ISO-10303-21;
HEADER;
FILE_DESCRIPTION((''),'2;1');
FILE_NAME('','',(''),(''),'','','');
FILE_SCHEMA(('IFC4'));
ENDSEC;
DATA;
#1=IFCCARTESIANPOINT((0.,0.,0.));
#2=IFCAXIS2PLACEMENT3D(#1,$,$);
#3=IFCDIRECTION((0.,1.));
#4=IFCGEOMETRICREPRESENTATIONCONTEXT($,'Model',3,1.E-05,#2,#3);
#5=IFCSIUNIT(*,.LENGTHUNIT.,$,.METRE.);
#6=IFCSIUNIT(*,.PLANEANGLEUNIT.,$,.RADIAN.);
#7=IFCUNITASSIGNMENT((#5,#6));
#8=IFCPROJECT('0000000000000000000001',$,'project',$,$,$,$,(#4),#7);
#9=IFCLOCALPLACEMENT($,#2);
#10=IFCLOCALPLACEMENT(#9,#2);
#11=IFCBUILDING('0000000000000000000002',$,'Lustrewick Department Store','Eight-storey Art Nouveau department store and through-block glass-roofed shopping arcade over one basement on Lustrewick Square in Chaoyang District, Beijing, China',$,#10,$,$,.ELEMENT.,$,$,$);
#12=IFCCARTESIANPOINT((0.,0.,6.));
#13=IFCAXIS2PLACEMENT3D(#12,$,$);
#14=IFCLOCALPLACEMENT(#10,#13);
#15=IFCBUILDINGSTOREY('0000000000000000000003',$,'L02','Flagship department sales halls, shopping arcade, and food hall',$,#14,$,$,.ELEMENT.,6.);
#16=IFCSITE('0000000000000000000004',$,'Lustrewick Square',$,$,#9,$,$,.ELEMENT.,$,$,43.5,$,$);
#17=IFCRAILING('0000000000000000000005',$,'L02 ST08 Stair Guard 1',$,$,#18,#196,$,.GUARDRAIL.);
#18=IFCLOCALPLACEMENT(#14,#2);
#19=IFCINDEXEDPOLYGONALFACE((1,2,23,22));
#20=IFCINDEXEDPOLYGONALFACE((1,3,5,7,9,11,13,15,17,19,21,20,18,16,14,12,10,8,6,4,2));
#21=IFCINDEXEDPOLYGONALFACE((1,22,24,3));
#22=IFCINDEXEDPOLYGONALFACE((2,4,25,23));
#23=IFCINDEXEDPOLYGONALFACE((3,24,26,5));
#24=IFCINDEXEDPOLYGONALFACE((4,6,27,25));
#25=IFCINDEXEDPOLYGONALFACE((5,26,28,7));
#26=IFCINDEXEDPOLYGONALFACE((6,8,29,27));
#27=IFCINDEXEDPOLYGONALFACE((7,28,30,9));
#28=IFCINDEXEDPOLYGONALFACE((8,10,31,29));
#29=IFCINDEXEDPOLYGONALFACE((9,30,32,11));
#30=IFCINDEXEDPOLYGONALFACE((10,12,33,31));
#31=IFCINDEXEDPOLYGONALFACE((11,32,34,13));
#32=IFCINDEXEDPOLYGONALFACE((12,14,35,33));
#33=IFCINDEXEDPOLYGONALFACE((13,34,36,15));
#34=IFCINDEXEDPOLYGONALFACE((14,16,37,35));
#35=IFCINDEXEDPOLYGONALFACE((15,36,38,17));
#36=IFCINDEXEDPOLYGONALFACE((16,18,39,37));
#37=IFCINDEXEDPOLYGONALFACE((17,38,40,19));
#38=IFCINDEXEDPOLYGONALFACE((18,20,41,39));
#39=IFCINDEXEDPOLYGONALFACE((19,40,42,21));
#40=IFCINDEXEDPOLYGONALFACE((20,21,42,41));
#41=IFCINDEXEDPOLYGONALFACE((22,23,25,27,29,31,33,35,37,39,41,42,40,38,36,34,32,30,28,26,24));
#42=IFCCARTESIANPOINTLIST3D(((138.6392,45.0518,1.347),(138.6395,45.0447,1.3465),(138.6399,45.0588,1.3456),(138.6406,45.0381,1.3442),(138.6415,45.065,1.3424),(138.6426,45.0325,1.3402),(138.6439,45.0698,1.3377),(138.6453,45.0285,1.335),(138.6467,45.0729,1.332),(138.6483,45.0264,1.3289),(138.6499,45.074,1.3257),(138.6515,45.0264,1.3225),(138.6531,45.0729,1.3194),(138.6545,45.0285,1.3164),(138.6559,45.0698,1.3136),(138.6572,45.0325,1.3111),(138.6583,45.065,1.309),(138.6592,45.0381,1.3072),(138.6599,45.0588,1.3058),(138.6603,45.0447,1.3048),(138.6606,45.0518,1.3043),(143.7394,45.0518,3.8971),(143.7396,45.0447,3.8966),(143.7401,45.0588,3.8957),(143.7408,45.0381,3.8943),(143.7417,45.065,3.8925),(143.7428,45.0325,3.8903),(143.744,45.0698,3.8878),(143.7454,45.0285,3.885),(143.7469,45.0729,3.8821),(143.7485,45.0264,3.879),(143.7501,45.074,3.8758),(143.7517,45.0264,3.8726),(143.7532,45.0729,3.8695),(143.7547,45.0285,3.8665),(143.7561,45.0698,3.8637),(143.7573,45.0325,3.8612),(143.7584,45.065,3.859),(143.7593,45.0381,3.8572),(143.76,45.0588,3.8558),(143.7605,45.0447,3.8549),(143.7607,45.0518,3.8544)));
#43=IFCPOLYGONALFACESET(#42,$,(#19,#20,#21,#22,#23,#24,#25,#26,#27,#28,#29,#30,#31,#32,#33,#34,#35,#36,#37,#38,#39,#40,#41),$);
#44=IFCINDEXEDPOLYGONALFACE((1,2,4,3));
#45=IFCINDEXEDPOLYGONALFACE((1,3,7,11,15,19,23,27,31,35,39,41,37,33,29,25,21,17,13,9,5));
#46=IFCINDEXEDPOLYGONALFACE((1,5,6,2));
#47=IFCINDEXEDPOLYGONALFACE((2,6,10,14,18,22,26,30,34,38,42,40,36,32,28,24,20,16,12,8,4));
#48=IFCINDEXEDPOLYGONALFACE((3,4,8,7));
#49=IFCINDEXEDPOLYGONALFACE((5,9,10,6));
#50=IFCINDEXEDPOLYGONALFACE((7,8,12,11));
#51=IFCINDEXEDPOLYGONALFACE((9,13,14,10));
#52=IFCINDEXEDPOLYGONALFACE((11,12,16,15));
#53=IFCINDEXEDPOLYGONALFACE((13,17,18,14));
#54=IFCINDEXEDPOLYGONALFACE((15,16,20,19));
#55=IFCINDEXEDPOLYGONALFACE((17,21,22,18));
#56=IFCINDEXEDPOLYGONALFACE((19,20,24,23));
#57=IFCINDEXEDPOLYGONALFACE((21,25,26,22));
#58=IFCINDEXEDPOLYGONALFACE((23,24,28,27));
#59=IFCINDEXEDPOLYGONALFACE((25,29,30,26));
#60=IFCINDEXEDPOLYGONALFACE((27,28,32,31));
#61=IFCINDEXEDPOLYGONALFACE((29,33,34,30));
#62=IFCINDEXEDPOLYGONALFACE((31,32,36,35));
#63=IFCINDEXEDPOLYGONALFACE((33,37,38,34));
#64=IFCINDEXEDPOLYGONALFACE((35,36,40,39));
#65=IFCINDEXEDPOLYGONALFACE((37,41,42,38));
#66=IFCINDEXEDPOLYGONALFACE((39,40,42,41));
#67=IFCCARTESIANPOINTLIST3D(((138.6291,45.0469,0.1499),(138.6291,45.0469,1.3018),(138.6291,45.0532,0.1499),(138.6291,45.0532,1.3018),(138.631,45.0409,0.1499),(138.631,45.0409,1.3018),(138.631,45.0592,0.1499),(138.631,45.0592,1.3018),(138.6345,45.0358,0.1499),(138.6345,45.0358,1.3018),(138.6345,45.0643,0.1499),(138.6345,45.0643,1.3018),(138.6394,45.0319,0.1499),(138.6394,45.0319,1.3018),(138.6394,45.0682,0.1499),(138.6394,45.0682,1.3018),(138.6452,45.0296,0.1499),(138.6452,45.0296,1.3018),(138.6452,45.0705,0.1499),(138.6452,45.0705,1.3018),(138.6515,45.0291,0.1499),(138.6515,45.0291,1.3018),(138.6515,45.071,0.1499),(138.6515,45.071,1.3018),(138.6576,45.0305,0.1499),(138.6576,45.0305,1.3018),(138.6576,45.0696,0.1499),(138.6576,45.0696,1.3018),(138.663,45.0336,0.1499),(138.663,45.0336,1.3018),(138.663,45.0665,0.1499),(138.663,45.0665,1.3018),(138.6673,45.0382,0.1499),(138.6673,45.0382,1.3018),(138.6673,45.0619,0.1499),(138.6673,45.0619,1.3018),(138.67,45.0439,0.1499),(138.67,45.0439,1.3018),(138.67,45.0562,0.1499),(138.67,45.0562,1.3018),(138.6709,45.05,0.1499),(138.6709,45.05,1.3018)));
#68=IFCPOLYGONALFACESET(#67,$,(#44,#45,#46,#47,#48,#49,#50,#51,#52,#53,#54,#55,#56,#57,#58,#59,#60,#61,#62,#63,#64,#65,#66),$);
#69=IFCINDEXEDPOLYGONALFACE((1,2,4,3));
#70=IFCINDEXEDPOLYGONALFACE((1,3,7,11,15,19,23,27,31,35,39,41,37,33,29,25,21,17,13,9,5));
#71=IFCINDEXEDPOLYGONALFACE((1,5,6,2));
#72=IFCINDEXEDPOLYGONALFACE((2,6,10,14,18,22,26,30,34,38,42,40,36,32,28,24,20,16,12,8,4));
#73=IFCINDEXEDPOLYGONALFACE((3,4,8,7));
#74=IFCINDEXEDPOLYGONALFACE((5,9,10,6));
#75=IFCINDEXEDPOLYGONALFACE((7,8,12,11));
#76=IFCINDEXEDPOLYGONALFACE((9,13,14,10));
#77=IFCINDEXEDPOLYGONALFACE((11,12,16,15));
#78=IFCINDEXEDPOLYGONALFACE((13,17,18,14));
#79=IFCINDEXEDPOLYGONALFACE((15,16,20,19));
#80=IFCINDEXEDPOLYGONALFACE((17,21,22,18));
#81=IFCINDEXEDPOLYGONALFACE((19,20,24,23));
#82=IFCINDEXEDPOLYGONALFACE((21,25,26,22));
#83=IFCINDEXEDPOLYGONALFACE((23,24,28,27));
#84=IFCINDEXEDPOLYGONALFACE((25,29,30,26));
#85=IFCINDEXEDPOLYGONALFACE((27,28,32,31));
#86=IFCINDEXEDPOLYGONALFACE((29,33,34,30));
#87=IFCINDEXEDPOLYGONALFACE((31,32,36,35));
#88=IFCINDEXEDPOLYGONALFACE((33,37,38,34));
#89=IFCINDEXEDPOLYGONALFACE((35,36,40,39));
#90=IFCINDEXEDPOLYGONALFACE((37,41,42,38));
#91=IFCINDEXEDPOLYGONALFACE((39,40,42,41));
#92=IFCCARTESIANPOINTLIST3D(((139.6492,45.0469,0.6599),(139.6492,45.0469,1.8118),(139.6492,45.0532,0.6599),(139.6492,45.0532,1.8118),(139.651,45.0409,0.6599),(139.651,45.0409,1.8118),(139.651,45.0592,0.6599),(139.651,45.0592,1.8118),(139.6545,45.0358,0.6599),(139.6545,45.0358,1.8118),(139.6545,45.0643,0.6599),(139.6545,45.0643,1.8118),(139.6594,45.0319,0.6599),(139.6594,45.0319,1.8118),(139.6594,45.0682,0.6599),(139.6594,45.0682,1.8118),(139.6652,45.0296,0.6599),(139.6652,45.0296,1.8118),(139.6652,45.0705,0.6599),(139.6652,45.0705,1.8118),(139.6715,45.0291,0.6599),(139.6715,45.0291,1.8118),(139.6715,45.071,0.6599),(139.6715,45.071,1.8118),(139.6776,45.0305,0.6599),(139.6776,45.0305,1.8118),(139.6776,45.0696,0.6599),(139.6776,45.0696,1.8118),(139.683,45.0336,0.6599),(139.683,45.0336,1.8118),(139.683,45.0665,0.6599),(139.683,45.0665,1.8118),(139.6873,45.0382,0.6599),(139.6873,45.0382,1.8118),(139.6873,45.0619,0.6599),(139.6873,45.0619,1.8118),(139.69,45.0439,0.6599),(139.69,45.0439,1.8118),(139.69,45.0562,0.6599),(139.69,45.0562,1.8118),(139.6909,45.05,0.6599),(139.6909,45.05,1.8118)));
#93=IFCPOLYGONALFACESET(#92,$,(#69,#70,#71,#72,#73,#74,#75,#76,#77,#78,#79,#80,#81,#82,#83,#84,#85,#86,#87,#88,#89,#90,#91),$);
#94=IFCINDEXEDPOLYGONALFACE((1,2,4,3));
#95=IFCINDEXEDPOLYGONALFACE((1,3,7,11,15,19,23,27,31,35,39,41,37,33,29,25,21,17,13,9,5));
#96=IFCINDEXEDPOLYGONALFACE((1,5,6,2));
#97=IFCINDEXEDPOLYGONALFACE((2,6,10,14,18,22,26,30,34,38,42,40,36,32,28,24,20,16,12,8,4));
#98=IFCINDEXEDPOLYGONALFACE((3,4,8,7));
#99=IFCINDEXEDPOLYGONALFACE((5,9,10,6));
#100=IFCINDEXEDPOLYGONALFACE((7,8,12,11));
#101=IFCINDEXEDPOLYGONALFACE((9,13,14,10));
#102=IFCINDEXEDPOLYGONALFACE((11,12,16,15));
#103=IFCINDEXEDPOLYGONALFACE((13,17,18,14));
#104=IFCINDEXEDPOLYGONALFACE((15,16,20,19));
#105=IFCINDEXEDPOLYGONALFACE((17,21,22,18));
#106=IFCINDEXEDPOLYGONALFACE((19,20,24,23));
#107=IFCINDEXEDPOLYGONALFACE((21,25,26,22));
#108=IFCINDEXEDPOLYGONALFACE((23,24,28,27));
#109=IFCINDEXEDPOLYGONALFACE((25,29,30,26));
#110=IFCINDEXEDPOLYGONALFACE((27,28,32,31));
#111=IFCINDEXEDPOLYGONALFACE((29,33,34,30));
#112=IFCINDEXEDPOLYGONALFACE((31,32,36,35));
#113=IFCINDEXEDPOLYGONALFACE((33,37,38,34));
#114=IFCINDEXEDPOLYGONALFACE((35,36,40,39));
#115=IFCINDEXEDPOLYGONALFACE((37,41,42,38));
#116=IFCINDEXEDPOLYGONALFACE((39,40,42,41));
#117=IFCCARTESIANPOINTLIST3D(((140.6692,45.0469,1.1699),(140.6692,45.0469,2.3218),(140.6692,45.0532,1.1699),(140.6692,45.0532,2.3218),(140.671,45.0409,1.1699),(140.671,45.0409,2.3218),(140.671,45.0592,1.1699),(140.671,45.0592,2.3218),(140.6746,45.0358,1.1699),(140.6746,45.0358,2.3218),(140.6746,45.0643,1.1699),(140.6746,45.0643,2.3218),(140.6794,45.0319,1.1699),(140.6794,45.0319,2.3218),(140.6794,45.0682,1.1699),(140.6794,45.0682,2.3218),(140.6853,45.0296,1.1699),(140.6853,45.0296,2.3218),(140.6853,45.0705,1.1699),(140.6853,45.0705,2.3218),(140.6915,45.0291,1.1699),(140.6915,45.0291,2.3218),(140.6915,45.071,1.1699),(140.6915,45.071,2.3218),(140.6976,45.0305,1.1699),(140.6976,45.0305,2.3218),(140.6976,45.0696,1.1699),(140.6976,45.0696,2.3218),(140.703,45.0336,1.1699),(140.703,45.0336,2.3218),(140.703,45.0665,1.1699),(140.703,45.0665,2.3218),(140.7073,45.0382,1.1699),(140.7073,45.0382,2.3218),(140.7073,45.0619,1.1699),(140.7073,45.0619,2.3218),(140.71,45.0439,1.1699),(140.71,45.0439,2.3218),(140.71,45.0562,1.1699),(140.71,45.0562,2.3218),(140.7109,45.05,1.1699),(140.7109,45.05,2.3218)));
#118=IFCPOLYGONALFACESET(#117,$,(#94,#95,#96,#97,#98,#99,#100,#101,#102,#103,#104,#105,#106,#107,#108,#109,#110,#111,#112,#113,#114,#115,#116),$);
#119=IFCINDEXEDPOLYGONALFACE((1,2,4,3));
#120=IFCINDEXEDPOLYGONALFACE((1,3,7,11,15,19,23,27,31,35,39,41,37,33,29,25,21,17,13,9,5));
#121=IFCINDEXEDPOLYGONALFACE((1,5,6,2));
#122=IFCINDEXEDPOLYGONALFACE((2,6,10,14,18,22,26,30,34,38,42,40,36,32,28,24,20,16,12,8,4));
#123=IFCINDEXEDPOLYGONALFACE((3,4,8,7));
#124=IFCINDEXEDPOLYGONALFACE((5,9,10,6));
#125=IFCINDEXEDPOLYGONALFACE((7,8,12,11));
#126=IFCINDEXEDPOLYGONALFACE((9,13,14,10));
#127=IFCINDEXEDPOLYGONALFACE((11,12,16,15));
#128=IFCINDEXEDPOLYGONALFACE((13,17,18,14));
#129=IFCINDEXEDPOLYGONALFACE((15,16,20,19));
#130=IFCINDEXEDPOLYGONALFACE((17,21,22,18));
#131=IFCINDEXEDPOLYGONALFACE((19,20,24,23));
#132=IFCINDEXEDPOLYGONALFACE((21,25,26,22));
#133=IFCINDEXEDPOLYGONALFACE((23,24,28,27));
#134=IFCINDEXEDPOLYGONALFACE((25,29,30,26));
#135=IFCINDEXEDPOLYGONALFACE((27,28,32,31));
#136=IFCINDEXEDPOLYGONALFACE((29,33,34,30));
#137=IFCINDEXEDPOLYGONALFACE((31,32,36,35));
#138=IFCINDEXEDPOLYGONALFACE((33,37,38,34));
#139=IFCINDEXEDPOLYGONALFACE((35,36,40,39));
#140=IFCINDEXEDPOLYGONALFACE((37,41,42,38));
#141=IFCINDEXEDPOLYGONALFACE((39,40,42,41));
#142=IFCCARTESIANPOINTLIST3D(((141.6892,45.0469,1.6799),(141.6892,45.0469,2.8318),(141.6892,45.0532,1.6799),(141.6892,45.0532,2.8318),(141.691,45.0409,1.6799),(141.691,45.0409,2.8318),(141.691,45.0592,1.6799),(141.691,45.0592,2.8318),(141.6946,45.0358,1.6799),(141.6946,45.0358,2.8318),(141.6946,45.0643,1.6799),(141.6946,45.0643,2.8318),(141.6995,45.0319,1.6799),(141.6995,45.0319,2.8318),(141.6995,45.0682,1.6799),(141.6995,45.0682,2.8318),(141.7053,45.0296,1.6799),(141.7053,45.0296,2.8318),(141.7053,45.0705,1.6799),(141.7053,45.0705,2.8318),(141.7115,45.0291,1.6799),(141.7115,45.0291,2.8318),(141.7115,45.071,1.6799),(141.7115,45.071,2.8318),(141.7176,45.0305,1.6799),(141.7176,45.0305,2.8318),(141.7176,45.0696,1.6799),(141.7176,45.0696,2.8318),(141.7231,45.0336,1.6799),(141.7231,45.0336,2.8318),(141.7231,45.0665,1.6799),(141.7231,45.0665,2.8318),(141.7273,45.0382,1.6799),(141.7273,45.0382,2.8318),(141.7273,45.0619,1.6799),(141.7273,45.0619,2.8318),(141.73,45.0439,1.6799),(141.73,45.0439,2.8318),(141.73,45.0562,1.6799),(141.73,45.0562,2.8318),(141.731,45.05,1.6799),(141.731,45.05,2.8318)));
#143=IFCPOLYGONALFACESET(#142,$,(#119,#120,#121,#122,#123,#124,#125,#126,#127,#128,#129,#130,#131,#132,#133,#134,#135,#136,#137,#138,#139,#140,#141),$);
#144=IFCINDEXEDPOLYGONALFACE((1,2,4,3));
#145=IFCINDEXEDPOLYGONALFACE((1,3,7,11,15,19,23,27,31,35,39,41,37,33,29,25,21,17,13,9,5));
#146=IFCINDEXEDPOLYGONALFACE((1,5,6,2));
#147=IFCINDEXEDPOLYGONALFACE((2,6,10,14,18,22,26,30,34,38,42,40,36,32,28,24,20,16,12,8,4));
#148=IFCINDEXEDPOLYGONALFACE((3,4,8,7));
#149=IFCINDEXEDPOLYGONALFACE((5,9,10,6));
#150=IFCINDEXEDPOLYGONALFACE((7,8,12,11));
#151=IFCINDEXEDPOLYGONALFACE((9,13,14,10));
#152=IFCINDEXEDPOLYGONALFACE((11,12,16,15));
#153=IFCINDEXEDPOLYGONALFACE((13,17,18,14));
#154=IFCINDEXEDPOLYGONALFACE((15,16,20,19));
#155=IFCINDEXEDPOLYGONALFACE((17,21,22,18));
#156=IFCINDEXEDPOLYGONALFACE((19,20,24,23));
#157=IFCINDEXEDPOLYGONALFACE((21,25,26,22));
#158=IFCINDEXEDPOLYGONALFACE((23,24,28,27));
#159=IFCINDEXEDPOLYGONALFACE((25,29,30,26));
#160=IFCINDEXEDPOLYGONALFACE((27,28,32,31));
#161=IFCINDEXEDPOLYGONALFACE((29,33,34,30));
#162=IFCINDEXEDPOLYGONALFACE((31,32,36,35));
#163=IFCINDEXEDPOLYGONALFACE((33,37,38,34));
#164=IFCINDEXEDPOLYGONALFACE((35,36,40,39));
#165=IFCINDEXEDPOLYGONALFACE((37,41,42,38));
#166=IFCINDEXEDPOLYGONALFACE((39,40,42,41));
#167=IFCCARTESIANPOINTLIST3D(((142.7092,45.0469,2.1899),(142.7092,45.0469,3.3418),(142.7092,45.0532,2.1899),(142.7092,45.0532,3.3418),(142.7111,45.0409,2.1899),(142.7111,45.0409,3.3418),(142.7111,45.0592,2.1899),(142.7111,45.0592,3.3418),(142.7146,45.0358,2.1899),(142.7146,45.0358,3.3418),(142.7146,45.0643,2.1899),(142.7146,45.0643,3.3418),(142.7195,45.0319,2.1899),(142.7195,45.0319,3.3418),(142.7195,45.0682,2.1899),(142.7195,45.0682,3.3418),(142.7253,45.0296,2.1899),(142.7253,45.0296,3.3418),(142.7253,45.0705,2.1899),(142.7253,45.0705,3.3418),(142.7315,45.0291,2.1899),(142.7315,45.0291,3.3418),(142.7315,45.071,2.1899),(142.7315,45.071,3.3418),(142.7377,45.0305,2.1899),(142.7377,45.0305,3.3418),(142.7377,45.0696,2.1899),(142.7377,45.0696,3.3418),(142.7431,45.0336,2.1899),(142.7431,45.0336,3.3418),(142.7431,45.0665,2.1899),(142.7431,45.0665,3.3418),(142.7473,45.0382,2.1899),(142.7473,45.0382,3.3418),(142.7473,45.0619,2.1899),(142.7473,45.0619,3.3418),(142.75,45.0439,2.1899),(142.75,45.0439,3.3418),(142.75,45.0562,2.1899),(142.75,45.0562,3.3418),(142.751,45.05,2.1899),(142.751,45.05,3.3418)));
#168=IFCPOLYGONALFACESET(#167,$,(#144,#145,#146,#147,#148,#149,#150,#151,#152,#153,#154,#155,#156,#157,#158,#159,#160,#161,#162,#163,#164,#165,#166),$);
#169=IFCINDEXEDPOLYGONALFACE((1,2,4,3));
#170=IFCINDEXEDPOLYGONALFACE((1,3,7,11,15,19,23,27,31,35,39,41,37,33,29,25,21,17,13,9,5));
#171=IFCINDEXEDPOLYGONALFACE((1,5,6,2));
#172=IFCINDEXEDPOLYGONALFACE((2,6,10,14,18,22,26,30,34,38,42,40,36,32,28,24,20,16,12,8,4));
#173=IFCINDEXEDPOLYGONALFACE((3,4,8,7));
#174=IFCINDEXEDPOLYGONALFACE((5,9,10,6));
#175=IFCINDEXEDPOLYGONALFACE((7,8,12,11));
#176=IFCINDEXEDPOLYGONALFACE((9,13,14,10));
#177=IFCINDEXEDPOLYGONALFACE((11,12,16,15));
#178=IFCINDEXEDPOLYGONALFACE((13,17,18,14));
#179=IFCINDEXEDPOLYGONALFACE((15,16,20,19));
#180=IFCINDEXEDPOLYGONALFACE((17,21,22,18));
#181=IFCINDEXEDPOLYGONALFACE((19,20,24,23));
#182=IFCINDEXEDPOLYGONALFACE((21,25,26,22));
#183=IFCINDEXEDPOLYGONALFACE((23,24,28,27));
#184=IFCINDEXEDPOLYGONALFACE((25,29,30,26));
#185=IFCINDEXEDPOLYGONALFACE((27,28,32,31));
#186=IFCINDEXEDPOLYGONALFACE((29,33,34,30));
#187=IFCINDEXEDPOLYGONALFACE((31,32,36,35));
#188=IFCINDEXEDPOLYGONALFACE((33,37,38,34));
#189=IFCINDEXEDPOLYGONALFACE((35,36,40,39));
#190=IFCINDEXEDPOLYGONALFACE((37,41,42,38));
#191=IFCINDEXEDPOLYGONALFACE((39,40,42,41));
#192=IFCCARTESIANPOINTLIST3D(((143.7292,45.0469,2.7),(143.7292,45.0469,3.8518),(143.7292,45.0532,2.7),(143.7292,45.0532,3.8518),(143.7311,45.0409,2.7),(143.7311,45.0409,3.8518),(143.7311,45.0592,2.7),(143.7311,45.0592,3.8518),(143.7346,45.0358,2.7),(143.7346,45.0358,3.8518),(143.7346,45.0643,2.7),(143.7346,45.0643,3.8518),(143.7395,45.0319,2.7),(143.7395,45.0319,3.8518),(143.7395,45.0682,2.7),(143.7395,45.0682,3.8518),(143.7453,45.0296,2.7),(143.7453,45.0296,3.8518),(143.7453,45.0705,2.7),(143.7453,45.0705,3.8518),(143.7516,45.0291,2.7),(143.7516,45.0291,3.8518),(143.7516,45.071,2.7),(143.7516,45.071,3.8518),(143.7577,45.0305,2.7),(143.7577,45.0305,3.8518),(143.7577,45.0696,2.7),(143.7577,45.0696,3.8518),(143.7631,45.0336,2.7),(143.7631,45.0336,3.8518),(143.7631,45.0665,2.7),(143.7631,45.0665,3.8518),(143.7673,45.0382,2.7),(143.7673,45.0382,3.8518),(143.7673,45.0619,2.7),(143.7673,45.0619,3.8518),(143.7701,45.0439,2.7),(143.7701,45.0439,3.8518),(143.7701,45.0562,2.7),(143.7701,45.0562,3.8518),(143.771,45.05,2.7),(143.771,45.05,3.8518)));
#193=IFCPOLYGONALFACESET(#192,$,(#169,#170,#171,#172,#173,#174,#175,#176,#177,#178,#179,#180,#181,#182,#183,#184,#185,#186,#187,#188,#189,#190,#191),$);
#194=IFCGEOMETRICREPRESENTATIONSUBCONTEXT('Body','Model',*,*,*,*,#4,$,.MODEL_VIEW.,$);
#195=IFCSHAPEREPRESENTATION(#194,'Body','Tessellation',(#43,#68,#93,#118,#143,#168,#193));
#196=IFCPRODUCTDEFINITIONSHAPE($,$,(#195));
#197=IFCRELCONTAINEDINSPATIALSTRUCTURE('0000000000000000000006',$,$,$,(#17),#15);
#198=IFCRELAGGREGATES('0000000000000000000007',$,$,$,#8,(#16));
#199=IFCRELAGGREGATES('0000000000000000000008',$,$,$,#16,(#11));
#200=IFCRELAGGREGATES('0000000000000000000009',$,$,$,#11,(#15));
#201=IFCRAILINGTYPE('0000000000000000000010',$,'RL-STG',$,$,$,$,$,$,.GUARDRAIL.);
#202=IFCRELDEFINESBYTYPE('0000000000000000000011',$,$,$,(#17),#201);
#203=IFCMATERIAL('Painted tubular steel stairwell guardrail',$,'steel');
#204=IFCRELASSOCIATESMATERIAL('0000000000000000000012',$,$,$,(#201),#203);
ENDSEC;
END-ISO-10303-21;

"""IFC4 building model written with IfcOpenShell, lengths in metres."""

from ifc_helpers import new_model, si_unit, direction, frame, origin, origin_2d, place, context, subcontext, project, spatial, circle, extrude, material, type_object, element, save


model = new_model("IFC4")

# Units and contexts
model_context = context("Model", 3, precision=1e-05, world=origin(), true_north=direction((0.0, 1.0)))
body_context = subcontext(model_context, "Body", "Model", "MODEL_VIEW")
ifc_project = project(units=[si_unit("LENGTHUNIT", "METRE"), si_unit("PLANEANGLEUNIT", "RADIAN")], contexts=[model_context])

# Site, building, storey
site_placement = place(None, origin())
site = spatial("IfcSite", under=ifc_project, at=site_placement, Name="Lustrewick Square", CompositionType="ELEMENT", RefElevation=43.5)
building_placement = place(site_placement, origin())
building = spatial("IfcBuilding", under=site, at=building_placement, Name="Lustrewick Department Store", Description="Eight-storey Art Nouveau department store and through-block glass-roofed shopping arcade over one basement on Lustrewick Square in Chaoyang District, Beijing, China", CompositionType="ELEMENT")
storey_placement = place(building_placement, frame((0.0, 0.0, 6.0)))
storey = spatial("IfcBuildingStorey", under=building, at=storey_placement, Name="L02", Description="Flagship department sales halls, shopping arcade, and food hall", CompositionType="ELEMENT", Elevation=6.0)

# Railing
ifc_material_1 = material(Name="Painted tubular steel stairwell guardrail", Category="steel")
railing_type_1 = type_object("IfcRailingType", Name="RL-STG", PredefinedType="GUARDRAIL", material=ifc_material_1)
railing_1_placement = place(storey_placement, frame((138.6499, 45.05, 0.1499)))
element("IfcRailing", 1, at=railing_1_placement, inside=storey, type_object=railing_type_1, Name="L02 ST08 Stair Guard 1", PredefinedType="GUARDRAIL", context=body_context, shape_type="SweptSolid", body=[
    extrude(circle(Radius=0.0239, at=origin_2d()), frame((0.0, 0.0, 1.1758), z_axis=(0.894427, 0.0, 0.447214), x_axis=(0.0, 1.0, 0.0)), (0.0, 0.0, 1.0), 5.7021),
    extrude(circle(Radius=0.021, at=origin_2d()), origin(), (0.0, 0.0, 1.0), 1.1519),
    extrude(circle(Radius=0.021, at=origin_2d()), frame((1.02, 0.0, 0.51)), (0.0, 0.0, 1.0), 1.1519),
    extrude(circle(Radius=0.021, at=origin_2d()), frame((2.04, 0.0, 1.02)), (0.0, 0.0, 1.0), 1.1519),
    extrude(circle(Radius=0.021, at=origin_2d()), frame((3.0601, 0.0, 1.53)), (0.0, 0.0, 1.0), 1.1519),
    extrude(circle(Radius=0.021, at=origin_2d()), frame((4.0801, 0.0, 2.04)), (0.0, 0.0, 1.0), 1.1519),
    extrude(circle(Radius=0.021, at=origin_2d()), frame((5.1001, 0.0, 2.55)), (0.0, 0.0, 1.0), 1.1519),
])

save(model, "model.ifc")
